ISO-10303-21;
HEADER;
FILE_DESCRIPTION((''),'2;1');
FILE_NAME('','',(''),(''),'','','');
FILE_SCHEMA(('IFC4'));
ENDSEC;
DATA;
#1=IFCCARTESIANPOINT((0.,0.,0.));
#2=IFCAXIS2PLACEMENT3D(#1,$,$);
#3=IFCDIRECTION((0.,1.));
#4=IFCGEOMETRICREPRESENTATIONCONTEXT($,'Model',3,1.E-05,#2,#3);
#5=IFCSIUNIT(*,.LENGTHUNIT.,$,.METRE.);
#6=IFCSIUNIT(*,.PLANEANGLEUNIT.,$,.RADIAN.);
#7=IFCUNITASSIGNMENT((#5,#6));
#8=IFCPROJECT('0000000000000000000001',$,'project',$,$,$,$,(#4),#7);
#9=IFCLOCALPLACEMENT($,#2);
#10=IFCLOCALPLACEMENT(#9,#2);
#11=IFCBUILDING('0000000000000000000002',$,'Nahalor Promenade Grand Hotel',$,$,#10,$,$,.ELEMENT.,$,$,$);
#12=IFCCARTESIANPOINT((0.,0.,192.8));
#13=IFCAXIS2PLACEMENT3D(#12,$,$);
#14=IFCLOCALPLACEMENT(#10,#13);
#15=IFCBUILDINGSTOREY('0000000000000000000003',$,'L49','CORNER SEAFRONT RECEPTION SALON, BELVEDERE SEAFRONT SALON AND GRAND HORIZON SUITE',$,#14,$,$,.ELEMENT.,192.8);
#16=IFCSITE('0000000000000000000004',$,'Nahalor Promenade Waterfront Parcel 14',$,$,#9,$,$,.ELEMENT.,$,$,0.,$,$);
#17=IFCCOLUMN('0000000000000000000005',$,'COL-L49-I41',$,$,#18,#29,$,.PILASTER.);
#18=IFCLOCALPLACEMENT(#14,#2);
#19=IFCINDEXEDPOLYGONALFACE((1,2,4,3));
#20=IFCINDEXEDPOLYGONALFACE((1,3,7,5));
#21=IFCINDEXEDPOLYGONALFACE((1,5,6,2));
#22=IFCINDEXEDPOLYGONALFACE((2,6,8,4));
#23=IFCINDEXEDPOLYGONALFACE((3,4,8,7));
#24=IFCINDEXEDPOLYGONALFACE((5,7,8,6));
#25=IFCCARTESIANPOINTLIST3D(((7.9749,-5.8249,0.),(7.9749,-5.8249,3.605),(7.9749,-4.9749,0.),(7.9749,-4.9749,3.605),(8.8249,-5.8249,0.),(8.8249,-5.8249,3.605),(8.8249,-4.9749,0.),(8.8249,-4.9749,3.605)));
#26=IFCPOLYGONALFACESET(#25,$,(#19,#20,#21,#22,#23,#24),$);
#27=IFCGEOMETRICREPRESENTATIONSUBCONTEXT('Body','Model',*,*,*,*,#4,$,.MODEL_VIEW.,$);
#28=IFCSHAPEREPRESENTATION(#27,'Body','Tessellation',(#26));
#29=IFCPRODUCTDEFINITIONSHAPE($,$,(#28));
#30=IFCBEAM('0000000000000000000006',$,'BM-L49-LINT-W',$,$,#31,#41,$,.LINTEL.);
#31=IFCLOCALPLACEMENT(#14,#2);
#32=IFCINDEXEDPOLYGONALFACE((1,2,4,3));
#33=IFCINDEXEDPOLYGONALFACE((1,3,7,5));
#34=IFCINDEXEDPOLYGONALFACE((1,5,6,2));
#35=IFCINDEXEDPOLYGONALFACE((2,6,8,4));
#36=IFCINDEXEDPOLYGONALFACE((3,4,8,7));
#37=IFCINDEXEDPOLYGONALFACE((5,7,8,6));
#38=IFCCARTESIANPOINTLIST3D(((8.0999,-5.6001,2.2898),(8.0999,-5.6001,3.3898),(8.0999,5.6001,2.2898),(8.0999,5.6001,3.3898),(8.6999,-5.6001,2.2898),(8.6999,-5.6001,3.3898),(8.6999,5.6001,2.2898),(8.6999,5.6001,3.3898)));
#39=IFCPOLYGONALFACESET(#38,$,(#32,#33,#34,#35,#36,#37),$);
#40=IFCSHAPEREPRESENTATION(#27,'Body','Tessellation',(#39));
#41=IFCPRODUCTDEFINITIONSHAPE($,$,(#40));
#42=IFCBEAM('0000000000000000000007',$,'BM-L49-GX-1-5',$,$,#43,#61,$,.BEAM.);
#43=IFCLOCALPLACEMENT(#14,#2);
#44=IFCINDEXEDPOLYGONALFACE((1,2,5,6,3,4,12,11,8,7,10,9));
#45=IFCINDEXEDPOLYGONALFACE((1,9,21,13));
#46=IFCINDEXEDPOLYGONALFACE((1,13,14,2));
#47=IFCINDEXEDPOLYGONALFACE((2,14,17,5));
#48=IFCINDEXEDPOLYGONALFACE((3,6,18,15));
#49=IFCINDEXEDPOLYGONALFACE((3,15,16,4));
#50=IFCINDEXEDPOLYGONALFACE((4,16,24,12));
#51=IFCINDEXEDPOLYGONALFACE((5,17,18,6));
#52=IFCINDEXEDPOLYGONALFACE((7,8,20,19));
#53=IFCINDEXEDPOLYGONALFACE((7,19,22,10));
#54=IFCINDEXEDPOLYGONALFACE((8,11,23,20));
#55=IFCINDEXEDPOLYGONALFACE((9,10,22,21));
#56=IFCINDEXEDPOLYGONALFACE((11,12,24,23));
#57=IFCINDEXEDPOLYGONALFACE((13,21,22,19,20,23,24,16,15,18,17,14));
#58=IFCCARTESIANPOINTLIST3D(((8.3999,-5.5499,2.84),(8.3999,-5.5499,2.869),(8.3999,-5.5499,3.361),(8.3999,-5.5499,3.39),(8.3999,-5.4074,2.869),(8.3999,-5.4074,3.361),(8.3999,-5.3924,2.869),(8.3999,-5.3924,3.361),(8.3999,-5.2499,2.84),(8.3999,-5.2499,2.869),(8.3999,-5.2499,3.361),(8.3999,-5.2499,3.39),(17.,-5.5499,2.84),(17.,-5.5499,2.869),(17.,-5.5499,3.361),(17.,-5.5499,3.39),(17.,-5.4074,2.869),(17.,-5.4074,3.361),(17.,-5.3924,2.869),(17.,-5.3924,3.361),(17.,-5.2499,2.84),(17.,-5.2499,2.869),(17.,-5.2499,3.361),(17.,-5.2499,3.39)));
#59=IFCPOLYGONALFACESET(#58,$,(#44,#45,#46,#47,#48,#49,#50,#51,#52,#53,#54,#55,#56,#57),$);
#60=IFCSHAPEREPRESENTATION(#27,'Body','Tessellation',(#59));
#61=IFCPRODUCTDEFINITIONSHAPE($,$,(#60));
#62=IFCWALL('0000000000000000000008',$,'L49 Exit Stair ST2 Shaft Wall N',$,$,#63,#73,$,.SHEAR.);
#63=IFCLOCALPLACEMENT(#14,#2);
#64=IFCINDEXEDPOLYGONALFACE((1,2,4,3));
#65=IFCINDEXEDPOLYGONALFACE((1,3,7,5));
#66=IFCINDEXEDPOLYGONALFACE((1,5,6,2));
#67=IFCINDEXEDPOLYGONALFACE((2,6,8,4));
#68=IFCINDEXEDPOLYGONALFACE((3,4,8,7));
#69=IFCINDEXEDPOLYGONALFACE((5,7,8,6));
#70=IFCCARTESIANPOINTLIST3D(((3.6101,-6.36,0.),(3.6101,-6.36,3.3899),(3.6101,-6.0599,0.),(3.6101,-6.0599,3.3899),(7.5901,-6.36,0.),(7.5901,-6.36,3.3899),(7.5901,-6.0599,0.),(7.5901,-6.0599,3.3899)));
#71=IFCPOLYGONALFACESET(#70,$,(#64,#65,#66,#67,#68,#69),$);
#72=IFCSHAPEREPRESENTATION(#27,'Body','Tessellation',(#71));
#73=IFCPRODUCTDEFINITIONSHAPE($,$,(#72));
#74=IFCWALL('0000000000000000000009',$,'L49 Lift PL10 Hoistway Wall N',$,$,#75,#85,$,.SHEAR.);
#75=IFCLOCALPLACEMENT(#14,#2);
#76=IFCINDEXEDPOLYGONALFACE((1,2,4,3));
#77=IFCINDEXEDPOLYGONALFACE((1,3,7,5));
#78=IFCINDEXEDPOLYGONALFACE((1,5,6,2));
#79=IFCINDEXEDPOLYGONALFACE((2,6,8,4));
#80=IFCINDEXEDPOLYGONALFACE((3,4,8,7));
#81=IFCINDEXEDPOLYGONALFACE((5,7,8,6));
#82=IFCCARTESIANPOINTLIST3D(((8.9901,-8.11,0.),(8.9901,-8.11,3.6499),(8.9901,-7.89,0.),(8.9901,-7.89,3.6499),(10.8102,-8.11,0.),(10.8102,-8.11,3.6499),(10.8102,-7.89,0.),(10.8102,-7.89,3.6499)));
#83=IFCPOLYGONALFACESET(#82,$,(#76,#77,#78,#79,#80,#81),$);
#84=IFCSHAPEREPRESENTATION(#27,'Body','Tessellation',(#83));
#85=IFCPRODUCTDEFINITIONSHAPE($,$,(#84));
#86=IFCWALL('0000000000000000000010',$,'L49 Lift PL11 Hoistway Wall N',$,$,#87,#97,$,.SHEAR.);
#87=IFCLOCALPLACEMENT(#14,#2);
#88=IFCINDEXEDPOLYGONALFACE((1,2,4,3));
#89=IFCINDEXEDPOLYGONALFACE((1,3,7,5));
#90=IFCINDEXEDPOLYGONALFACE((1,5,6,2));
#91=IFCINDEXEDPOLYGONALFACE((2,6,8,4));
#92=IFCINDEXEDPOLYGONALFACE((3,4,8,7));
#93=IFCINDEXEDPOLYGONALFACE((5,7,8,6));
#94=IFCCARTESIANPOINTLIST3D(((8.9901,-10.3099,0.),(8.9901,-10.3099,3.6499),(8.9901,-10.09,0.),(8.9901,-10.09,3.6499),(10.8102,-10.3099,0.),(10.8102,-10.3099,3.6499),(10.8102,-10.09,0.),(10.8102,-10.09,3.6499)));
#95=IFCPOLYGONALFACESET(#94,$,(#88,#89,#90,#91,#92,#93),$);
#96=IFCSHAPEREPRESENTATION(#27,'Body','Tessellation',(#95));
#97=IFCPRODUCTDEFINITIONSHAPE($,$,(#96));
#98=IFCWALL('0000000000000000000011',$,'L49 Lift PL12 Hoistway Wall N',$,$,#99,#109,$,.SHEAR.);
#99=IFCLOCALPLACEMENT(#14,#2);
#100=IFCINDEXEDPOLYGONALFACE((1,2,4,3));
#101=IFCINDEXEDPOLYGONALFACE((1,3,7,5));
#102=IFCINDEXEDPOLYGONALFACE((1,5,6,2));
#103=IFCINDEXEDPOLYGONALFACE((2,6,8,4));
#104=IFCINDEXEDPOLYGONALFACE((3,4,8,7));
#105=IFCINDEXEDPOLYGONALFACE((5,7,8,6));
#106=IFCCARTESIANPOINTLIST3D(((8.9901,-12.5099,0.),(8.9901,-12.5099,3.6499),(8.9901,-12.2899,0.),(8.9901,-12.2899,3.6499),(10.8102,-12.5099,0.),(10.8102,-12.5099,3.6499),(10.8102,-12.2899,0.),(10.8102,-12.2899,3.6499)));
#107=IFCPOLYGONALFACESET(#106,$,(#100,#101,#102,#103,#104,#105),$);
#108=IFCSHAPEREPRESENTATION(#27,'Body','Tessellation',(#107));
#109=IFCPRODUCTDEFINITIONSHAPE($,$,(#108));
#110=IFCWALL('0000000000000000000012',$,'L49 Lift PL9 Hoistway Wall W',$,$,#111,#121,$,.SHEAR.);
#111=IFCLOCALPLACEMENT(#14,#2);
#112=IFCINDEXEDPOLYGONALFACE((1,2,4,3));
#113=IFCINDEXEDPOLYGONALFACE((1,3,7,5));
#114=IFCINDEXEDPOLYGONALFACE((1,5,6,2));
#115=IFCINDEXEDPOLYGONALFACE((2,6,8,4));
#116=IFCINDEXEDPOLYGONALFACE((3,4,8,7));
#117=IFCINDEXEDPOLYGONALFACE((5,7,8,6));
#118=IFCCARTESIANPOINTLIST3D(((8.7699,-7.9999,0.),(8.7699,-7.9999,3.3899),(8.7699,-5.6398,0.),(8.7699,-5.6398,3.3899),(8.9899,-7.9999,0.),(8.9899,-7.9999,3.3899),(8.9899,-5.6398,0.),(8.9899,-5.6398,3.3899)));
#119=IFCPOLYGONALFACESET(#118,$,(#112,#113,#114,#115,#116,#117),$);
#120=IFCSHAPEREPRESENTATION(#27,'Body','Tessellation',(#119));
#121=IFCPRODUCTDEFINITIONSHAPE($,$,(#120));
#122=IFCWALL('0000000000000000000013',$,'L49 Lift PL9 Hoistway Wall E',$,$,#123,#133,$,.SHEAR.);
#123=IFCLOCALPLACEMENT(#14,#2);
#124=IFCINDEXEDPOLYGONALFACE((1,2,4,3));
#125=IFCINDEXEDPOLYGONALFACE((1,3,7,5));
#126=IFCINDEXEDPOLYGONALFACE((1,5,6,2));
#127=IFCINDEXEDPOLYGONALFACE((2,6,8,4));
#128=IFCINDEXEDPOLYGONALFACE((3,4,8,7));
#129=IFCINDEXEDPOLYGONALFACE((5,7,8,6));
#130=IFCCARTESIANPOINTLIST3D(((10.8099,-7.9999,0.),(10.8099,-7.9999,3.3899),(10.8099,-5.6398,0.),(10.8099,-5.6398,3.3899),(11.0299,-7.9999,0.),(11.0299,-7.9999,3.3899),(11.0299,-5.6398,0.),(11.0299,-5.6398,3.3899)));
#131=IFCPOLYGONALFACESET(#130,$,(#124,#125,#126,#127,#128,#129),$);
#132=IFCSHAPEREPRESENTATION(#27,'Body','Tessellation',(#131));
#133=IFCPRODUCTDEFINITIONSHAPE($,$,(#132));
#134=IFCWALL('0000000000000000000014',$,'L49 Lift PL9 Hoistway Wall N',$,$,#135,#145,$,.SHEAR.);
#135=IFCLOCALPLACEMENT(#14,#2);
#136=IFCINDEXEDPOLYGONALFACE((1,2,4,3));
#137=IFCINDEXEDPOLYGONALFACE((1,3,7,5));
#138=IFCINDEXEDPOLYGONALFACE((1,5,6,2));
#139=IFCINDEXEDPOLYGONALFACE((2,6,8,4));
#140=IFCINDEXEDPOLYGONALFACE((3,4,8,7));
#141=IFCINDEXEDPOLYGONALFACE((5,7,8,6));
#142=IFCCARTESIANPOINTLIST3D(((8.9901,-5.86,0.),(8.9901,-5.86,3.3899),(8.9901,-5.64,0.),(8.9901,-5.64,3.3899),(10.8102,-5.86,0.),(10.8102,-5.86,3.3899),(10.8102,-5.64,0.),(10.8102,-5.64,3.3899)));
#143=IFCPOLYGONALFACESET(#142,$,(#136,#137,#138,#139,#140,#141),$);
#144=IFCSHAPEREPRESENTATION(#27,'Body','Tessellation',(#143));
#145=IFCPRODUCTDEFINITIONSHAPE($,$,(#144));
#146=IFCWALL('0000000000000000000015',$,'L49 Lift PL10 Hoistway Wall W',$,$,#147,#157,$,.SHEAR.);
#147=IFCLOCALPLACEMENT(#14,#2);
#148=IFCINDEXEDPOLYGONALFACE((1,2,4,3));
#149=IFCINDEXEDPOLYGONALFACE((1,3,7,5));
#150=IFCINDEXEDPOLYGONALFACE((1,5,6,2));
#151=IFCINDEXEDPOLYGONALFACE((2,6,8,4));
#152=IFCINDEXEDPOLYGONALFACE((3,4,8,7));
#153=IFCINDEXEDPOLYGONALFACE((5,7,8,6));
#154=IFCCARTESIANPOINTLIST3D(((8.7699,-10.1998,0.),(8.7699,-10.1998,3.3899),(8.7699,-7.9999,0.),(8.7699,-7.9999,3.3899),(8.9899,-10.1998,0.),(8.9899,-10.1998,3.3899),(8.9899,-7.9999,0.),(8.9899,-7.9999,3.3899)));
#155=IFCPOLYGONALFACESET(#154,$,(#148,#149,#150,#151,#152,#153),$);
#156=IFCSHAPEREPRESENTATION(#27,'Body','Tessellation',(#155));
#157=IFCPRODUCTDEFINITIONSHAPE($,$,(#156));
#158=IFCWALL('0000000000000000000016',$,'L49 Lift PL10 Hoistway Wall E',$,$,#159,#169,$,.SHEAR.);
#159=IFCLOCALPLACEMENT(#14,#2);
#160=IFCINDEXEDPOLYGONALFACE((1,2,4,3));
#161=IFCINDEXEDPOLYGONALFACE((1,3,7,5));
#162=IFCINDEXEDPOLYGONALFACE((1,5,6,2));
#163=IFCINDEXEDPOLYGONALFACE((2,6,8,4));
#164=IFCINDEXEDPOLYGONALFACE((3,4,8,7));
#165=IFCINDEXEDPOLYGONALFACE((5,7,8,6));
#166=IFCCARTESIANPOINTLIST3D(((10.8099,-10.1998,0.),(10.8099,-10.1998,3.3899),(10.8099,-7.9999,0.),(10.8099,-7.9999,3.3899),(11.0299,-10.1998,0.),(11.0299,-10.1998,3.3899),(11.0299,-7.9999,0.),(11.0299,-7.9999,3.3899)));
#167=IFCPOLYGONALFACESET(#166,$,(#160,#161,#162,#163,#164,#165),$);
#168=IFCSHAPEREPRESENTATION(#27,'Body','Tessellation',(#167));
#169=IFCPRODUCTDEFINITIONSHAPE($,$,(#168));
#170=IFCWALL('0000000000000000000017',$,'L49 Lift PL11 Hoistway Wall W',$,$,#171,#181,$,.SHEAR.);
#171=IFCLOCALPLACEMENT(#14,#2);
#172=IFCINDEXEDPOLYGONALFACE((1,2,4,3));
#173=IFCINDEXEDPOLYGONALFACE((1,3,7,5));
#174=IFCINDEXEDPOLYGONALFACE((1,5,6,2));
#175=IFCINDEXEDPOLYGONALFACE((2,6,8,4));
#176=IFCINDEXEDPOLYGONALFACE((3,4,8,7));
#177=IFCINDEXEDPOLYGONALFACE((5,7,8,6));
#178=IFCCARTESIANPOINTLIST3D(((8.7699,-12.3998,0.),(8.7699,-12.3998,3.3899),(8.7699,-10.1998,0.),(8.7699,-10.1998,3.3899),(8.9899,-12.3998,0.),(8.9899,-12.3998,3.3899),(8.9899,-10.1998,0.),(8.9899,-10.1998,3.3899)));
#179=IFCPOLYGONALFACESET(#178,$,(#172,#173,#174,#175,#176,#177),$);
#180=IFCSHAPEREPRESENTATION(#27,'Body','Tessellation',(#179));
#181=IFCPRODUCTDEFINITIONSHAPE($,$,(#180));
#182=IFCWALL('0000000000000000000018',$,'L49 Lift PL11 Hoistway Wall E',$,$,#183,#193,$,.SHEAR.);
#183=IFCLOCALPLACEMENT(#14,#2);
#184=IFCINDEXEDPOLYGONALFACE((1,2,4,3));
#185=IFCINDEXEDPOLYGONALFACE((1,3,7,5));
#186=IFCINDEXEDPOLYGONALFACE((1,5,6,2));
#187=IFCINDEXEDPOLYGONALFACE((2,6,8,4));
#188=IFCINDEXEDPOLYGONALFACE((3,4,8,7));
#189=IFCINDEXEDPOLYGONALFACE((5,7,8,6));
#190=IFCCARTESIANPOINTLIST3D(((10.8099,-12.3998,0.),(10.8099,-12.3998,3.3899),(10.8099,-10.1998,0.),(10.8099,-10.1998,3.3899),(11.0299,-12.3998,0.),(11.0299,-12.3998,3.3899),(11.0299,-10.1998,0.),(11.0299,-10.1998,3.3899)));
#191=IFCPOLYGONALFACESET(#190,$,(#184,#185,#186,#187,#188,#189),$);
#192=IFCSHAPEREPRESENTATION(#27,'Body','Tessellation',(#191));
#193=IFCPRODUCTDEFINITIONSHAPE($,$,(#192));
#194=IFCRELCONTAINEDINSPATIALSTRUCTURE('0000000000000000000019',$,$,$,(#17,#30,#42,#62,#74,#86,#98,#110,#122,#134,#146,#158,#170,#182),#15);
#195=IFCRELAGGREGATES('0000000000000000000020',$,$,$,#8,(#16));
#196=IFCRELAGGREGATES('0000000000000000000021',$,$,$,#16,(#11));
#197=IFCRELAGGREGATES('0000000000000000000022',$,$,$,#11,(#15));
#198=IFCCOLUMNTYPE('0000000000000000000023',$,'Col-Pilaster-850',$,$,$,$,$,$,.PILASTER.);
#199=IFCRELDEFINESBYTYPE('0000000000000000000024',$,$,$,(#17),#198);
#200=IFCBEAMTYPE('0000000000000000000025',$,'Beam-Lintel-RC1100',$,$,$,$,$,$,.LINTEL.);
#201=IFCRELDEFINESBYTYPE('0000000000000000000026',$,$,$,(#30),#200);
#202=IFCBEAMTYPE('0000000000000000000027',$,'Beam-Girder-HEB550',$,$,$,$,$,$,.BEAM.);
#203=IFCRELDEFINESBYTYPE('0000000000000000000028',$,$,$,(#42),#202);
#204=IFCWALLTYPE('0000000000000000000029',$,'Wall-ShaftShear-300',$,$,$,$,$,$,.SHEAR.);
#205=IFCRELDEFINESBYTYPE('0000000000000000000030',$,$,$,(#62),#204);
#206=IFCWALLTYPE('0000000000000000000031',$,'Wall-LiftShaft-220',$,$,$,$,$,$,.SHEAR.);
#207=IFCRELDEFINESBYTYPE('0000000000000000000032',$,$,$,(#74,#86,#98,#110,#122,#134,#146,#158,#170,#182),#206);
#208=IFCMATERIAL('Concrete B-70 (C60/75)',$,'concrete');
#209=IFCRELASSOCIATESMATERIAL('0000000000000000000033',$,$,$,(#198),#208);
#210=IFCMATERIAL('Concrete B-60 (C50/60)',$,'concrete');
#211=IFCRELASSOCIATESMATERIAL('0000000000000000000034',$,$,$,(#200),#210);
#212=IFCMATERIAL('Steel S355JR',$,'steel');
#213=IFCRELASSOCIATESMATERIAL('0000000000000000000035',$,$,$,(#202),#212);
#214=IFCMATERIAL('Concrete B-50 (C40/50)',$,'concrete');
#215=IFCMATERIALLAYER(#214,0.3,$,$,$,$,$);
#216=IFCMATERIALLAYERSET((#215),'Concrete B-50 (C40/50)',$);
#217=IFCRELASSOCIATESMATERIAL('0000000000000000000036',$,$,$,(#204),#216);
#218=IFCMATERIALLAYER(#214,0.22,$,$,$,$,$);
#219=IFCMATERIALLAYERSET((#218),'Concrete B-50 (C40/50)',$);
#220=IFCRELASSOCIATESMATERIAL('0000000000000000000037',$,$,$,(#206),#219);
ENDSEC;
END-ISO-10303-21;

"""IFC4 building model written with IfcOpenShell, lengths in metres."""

from ifc_helpers import new_model, si_unit, direction, frame, frame_2d, origin, origin_2d, place, context, subcontext, project, spatial, rectangle, i_section, extrude, source, transform, mapped, material, layer, layer_set, material_profile, profile_set, type_object, element, save


model = new_model("IFC4")

# Units and contexts
model_context = context("Model", 3, precision=1e-05, world=origin(), true_north=direction((0.0, 1.0)))
body_context = subcontext(model_context, "Body", "Model", "MODEL_VIEW")
ifc_project = project(units=[si_unit("LENGTHUNIT", "METRE"), si_unit("PLANEANGLEUNIT", "RADIAN")], contexts=[model_context])

# Site, building, storey
site_placement = place(None, origin())
site = spatial("IfcSite", under=ifc_project, at=site_placement, Name="Nahalor Promenade Waterfront Parcel 14", CompositionType="ELEMENT", RefElevation=0.0)
building_placement = place(site_placement, origin())
building = spatial("IfcBuilding", under=site, at=building_placement, Name="Nahalor Promenade Grand Hotel", CompositionType="ELEMENT")
storey_placement = place(building_placement, frame((0.0, 0.0, 192.8)))
storey = spatial("IfcBuildingStorey", under=building, at=storey_placement, Name="L49", Description="CORNER SEAFRONT RECEPTION SALON, BELVEDERE SEAFRONT SALON AND GRAND HORIZON SUITE", CompositionType="ELEMENT", Elevation=192.8)

# Column
ifc_material_1 = material(Name="Concrete B-70 (C60/75)", Category="concrete")
ifc_material_profile_1 = material_profile(ifc_material_1, rectangle(XDim=0.85, YDim=0.85, at=origin_2d()), Name="RC 850x850")
ifc_profile_set_1 = profile_set([ifc_material_profile_1], Name="Concrete B-70 (C60/75)")
column_type = type_object("IfcColumnType", Name="Col-Pilaster-850", PredefinedType="PILASTER", material=ifc_profile_set_1)
shared_shape_1 = source(origin(), body_context, "Body", "SweptSolid", [
    extrude(rectangle(XDim=0.85, YDim=0.85, at=origin_2d()), origin(), (0.0, 0.0, 1.0), 3.605),
])
column_placement = place(storey_placement, frame((8.3999, -5.3999, 0.0), z_axis=(0.0, 0.0, 1.0), x_axis=(1.0, 0.0, 0.0)))
element("IfcColumn", 1, at=column_placement, inside=storey, type_object=column_type, Name="COL-L49-I41", PredefinedType="PILASTER", context=body_context, shape_type="MappedRepresentation", body=[
    mapped(shared_shape_1, transform((0.0, 0.0, 0.0), scale=1.0)),
])

# Beams
ifc_material_2 = material(Name="Concrete B-60 (C50/60)", Category="concrete")
ifc_material_profile_2 = material_profile(ifc_material_2, rectangle(XDim=0.6, YDim=1.1, at=origin_2d()), Name="RC 600x1100")
ifc_profile_set_2 = profile_set([ifc_material_profile_2], Name="Concrete B-60 (C50/60)")
beam_type_1 = type_object("IfcBeamType", Name="Beam-Lintel-RC1100", PredefinedType="LINTEL", material=ifc_profile_set_2)
shared_shape_2 = source(origin(), body_context, "Body", "SweptSolid", [
    extrude(rectangle(XDim=0.6, YDim=1.1, at=origin_2d()), origin(), (0.0, 0.0, 1.0), 11.2002),
])
beam_1_placement = place(storey_placement, frame((8.3999, -5.6001, 2.8398), z_axis=(0.0, 1.0, 0.0), x_axis=(-1.0, 0.0, 0.0)))
element("IfcBeam", 2, at=beam_1_placement, inside=storey, type_object=beam_type_1, Name="BM-L49-LINT-W", PredefinedType="LINTEL", context=body_context, shape_type="MappedRepresentation", body=[
    mapped(shared_shape_2, transform((0.0, 0.0, 0.0), scale=1.0)),
])
ifc_material_3 = material(Name="Steel S355JR", Category="steel")
ifc_material_profile_3 = material_profile(ifc_material_3, i_section(OverallWidth=0.3, OverallDepth=0.55, WebThickness=0.015, FlangeThickness=0.029, at=origin_2d()), Name="HEB 550")
ifc_profile_set_3 = profile_set([ifc_material_profile_3], Name="Steel S355JR")
beam_type_2 = type_object("IfcBeamType", Name="Beam-Girder-HEB550", PredefinedType="BEAM", material=ifc_profile_set_3)
shared_shape_3 = source(origin(), body_context, "Body", "SweptSolid", [
    extrude(i_section(OverallWidth=0.3, OverallDepth=0.55, WebThickness=0.015, FlangeThickness=0.029, at=origin_2d()), origin(), (0.0, 0.0, 1.0), 8.6001),
])
beam_2_placement = place(storey_placement, frame((8.3999, -5.3999, 3.115), z_axis=(1.0, 0.0, 0.0), x_axis=(0.0, 1.0, 0.0)))
element("IfcBeam", 3, at=beam_2_placement, inside=storey, type_object=beam_type_2, Name="BM-L49-GX-1-5", PredefinedType="BEAM", context=body_context, shape_type="MappedRepresentation", body=[
    mapped(shared_shape_3, transform((0.0, 0.0, 0.0), scale=1.0)),
])

# Walls
ifc_material_4 = material(Name="Concrete B-50 (C40/50)", Category="concrete")
ifc_layer_1 = layer(ifc_material_4, 0.3)
ifc_layer_set_1 = layer_set([ifc_layer_1], Name="Concrete B-50 (C40/50)")
wall_type_1 = type_object("IfcWallType", Name="Wall-ShaftShear-300", PredefinedType="SHEAR", material=ifc_layer_set_1)
shared_shape_4 = source(origin(), body_context, "Body", "SweptSolid", [
    extrude(rectangle(XDim=3.98, YDim=0.3, at=frame_2d((1.99, 0.0))), origin(), (0.0, 0.0, 1.0), 3.3899),
])
wall_1_placement = place(storey_placement, frame((3.6101, -6.21, 0.0), z_axis=(0.0, 0.0, 1.0), x_axis=(1.0, 0.0, 0.0)))
element("IfcWall", 4, at=wall_1_placement, inside=storey, type_object=wall_type_1, Name="L49 Exit Stair ST2 Shaft Wall N", PredefinedType="SHEAR", context=body_context, shape_type="MappedRepresentation", body=[
    mapped(shared_shape_4, transform((0.0, 0.0, 0.0), scale=1.0)),
])
ifc_layer_2 = layer(ifc_material_4, 0.22)
ifc_layer_set_2 = layer_set([ifc_layer_2], Name="Concrete B-50 (C40/50)")
wall_type_2 = type_object("IfcWallType", Name="Wall-LiftShaft-220", PredefinedType="SHEAR", material=ifc_layer_set_2)
shared_shape_5 = source(origin(), body_context, "Body", "SweptSolid", [
    extrude(rectangle(XDim=1.8201, YDim=0.22, at=frame_2d((0.9102, 0.0))), origin(), (0.0, 0.0, 1.0), 3.6499),
])
for number, where, z_axis, x_axis, name in (
    (5, (8.99, -8.0, 0.0), (0.0, 0.0, 1.0), (1.0, 0.0, 0.0), "L49 Lift PL10 Hoistway Wall N"),
    (6, (8.99, -10.2, 0.0), (0.0, 0.0, 1.0), (1.0, 0.0, 0.0), "L49 Lift PL11 Hoistway Wall N"),
    (7, (8.99, -12.3999, 0.0), (0.0, 0.0, 1.0), (1.0, 0.0, 0.0), "L49 Lift PL12 Hoistway Wall N"),
):
    element("IfcWall", number, at=place(storey_placement, frame(where, z_axis=z_axis, x_axis=x_axis)), inside=storey, type_object=wall_type_2, Name=name, PredefinedType="SHEAR", context=body_context, shape_type="MappedRepresentation", body=[
        mapped(shared_shape_5, transform((0.0, 0.0, 0.0), scale=1.0)),
    ])
shared_shape_6 = source(origin(), body_context, "Body", "SweptSolid", [
    extrude(rectangle(XDim=2.3601, YDim=0.22, at=frame_2d((1.1802, 0.0))), origin(), (0.0, 0.0, 1.0), 3.3899),
])
for number, where, z_axis, x_axis, name in (
    (8, (8.8799, -8.0, 0.0), (0.0, 0.0, 1.0), (0.0, 1.0, 0.0), "L49 Lift PL9 Hoistway Wall W"),
    (9, (10.9199, -8.0, 0.0), (0.0, 0.0, 1.0), (0.0, 1.0, 0.0), "L49 Lift PL9 Hoistway Wall E"),
):
    element("IfcWall", number, at=place(storey_placement, frame(where, z_axis=z_axis, x_axis=x_axis)), inside=storey, type_object=wall_type_2, Name=name, PredefinedType="SHEAR", context=body_context, shape_type="MappedRepresentation", body=[
        mapped(shared_shape_6, transform((0.0, 0.0, 0.0), scale=1.0)),
    ])
shared_shape_7 = source(origin(), body_context, "Body", "SweptSolid", [
    extrude(rectangle(XDim=1.8201, YDim=0.22, at=frame_2d((0.9102, 0.0))), origin(), (0.0, 0.0, 1.0), 3.3899),
])
wall_2_placement = place(storey_placement, frame((8.99, -5.75, 0.0), z_axis=(0.0, 0.0, 1.0), x_axis=(1.0, 0.0, 0.0)))
element("IfcWall", 10, at=wall_2_placement, inside=storey, type_object=wall_type_2, Name="L49 Lift PL9 Hoistway Wall N", PredefinedType="SHEAR", context=body_context, shape_type="MappedRepresentation", body=[
    mapped(shared_shape_7, transform((0.0, 0.0, 0.0), scale=1.0)),
])
shared_shape_8 = source(origin(), body_context, "Body", "SweptSolid", [
    extrude(rectangle(XDim=2.2, YDim=0.22, at=frame_2d((1.1001, 0.0))), origin(), (0.0, 0.0, 1.0), 3.3899),
])
for number, where, z_axis, x_axis, name in (
    (11, (8.8799, -10.2, 0.0), (0.0, 0.0, 1.0), (0.0, 1.0, 0.0), "L49 Lift PL10 Hoistway Wall W"),
    (12, (10.9199, -10.2, 0.0), (0.0, 0.0, 1.0), (0.0, 1.0, 0.0), "L49 Lift PL10 Hoistway Wall E"),
    (13, (8.8799, -12.3999, 0.0), (0.0, 0.0, 1.0), (0.0, 1.0, 0.0), "L49 Lift PL11 Hoistway Wall W"),
    (14, (10.9199, -12.3999, 0.0), (0.0, 0.0, 1.0), (0.0, 1.0, 0.0), "L49 Lift PL11 Hoistway Wall E"),
):
    element("IfcWall", number, at=place(storey_placement, frame(where, z_axis=z_axis, x_axis=x_axis)), inside=storey, type_object=wall_type_2, Name=name, PredefinedType="SHEAR", context=body_context, shape_type="MappedRepresentation", body=[
        mapped(shared_shape_8, transform((0.0, 0.0, 0.0), scale=1.0)),
    ])

save(model, "model.ifc")
